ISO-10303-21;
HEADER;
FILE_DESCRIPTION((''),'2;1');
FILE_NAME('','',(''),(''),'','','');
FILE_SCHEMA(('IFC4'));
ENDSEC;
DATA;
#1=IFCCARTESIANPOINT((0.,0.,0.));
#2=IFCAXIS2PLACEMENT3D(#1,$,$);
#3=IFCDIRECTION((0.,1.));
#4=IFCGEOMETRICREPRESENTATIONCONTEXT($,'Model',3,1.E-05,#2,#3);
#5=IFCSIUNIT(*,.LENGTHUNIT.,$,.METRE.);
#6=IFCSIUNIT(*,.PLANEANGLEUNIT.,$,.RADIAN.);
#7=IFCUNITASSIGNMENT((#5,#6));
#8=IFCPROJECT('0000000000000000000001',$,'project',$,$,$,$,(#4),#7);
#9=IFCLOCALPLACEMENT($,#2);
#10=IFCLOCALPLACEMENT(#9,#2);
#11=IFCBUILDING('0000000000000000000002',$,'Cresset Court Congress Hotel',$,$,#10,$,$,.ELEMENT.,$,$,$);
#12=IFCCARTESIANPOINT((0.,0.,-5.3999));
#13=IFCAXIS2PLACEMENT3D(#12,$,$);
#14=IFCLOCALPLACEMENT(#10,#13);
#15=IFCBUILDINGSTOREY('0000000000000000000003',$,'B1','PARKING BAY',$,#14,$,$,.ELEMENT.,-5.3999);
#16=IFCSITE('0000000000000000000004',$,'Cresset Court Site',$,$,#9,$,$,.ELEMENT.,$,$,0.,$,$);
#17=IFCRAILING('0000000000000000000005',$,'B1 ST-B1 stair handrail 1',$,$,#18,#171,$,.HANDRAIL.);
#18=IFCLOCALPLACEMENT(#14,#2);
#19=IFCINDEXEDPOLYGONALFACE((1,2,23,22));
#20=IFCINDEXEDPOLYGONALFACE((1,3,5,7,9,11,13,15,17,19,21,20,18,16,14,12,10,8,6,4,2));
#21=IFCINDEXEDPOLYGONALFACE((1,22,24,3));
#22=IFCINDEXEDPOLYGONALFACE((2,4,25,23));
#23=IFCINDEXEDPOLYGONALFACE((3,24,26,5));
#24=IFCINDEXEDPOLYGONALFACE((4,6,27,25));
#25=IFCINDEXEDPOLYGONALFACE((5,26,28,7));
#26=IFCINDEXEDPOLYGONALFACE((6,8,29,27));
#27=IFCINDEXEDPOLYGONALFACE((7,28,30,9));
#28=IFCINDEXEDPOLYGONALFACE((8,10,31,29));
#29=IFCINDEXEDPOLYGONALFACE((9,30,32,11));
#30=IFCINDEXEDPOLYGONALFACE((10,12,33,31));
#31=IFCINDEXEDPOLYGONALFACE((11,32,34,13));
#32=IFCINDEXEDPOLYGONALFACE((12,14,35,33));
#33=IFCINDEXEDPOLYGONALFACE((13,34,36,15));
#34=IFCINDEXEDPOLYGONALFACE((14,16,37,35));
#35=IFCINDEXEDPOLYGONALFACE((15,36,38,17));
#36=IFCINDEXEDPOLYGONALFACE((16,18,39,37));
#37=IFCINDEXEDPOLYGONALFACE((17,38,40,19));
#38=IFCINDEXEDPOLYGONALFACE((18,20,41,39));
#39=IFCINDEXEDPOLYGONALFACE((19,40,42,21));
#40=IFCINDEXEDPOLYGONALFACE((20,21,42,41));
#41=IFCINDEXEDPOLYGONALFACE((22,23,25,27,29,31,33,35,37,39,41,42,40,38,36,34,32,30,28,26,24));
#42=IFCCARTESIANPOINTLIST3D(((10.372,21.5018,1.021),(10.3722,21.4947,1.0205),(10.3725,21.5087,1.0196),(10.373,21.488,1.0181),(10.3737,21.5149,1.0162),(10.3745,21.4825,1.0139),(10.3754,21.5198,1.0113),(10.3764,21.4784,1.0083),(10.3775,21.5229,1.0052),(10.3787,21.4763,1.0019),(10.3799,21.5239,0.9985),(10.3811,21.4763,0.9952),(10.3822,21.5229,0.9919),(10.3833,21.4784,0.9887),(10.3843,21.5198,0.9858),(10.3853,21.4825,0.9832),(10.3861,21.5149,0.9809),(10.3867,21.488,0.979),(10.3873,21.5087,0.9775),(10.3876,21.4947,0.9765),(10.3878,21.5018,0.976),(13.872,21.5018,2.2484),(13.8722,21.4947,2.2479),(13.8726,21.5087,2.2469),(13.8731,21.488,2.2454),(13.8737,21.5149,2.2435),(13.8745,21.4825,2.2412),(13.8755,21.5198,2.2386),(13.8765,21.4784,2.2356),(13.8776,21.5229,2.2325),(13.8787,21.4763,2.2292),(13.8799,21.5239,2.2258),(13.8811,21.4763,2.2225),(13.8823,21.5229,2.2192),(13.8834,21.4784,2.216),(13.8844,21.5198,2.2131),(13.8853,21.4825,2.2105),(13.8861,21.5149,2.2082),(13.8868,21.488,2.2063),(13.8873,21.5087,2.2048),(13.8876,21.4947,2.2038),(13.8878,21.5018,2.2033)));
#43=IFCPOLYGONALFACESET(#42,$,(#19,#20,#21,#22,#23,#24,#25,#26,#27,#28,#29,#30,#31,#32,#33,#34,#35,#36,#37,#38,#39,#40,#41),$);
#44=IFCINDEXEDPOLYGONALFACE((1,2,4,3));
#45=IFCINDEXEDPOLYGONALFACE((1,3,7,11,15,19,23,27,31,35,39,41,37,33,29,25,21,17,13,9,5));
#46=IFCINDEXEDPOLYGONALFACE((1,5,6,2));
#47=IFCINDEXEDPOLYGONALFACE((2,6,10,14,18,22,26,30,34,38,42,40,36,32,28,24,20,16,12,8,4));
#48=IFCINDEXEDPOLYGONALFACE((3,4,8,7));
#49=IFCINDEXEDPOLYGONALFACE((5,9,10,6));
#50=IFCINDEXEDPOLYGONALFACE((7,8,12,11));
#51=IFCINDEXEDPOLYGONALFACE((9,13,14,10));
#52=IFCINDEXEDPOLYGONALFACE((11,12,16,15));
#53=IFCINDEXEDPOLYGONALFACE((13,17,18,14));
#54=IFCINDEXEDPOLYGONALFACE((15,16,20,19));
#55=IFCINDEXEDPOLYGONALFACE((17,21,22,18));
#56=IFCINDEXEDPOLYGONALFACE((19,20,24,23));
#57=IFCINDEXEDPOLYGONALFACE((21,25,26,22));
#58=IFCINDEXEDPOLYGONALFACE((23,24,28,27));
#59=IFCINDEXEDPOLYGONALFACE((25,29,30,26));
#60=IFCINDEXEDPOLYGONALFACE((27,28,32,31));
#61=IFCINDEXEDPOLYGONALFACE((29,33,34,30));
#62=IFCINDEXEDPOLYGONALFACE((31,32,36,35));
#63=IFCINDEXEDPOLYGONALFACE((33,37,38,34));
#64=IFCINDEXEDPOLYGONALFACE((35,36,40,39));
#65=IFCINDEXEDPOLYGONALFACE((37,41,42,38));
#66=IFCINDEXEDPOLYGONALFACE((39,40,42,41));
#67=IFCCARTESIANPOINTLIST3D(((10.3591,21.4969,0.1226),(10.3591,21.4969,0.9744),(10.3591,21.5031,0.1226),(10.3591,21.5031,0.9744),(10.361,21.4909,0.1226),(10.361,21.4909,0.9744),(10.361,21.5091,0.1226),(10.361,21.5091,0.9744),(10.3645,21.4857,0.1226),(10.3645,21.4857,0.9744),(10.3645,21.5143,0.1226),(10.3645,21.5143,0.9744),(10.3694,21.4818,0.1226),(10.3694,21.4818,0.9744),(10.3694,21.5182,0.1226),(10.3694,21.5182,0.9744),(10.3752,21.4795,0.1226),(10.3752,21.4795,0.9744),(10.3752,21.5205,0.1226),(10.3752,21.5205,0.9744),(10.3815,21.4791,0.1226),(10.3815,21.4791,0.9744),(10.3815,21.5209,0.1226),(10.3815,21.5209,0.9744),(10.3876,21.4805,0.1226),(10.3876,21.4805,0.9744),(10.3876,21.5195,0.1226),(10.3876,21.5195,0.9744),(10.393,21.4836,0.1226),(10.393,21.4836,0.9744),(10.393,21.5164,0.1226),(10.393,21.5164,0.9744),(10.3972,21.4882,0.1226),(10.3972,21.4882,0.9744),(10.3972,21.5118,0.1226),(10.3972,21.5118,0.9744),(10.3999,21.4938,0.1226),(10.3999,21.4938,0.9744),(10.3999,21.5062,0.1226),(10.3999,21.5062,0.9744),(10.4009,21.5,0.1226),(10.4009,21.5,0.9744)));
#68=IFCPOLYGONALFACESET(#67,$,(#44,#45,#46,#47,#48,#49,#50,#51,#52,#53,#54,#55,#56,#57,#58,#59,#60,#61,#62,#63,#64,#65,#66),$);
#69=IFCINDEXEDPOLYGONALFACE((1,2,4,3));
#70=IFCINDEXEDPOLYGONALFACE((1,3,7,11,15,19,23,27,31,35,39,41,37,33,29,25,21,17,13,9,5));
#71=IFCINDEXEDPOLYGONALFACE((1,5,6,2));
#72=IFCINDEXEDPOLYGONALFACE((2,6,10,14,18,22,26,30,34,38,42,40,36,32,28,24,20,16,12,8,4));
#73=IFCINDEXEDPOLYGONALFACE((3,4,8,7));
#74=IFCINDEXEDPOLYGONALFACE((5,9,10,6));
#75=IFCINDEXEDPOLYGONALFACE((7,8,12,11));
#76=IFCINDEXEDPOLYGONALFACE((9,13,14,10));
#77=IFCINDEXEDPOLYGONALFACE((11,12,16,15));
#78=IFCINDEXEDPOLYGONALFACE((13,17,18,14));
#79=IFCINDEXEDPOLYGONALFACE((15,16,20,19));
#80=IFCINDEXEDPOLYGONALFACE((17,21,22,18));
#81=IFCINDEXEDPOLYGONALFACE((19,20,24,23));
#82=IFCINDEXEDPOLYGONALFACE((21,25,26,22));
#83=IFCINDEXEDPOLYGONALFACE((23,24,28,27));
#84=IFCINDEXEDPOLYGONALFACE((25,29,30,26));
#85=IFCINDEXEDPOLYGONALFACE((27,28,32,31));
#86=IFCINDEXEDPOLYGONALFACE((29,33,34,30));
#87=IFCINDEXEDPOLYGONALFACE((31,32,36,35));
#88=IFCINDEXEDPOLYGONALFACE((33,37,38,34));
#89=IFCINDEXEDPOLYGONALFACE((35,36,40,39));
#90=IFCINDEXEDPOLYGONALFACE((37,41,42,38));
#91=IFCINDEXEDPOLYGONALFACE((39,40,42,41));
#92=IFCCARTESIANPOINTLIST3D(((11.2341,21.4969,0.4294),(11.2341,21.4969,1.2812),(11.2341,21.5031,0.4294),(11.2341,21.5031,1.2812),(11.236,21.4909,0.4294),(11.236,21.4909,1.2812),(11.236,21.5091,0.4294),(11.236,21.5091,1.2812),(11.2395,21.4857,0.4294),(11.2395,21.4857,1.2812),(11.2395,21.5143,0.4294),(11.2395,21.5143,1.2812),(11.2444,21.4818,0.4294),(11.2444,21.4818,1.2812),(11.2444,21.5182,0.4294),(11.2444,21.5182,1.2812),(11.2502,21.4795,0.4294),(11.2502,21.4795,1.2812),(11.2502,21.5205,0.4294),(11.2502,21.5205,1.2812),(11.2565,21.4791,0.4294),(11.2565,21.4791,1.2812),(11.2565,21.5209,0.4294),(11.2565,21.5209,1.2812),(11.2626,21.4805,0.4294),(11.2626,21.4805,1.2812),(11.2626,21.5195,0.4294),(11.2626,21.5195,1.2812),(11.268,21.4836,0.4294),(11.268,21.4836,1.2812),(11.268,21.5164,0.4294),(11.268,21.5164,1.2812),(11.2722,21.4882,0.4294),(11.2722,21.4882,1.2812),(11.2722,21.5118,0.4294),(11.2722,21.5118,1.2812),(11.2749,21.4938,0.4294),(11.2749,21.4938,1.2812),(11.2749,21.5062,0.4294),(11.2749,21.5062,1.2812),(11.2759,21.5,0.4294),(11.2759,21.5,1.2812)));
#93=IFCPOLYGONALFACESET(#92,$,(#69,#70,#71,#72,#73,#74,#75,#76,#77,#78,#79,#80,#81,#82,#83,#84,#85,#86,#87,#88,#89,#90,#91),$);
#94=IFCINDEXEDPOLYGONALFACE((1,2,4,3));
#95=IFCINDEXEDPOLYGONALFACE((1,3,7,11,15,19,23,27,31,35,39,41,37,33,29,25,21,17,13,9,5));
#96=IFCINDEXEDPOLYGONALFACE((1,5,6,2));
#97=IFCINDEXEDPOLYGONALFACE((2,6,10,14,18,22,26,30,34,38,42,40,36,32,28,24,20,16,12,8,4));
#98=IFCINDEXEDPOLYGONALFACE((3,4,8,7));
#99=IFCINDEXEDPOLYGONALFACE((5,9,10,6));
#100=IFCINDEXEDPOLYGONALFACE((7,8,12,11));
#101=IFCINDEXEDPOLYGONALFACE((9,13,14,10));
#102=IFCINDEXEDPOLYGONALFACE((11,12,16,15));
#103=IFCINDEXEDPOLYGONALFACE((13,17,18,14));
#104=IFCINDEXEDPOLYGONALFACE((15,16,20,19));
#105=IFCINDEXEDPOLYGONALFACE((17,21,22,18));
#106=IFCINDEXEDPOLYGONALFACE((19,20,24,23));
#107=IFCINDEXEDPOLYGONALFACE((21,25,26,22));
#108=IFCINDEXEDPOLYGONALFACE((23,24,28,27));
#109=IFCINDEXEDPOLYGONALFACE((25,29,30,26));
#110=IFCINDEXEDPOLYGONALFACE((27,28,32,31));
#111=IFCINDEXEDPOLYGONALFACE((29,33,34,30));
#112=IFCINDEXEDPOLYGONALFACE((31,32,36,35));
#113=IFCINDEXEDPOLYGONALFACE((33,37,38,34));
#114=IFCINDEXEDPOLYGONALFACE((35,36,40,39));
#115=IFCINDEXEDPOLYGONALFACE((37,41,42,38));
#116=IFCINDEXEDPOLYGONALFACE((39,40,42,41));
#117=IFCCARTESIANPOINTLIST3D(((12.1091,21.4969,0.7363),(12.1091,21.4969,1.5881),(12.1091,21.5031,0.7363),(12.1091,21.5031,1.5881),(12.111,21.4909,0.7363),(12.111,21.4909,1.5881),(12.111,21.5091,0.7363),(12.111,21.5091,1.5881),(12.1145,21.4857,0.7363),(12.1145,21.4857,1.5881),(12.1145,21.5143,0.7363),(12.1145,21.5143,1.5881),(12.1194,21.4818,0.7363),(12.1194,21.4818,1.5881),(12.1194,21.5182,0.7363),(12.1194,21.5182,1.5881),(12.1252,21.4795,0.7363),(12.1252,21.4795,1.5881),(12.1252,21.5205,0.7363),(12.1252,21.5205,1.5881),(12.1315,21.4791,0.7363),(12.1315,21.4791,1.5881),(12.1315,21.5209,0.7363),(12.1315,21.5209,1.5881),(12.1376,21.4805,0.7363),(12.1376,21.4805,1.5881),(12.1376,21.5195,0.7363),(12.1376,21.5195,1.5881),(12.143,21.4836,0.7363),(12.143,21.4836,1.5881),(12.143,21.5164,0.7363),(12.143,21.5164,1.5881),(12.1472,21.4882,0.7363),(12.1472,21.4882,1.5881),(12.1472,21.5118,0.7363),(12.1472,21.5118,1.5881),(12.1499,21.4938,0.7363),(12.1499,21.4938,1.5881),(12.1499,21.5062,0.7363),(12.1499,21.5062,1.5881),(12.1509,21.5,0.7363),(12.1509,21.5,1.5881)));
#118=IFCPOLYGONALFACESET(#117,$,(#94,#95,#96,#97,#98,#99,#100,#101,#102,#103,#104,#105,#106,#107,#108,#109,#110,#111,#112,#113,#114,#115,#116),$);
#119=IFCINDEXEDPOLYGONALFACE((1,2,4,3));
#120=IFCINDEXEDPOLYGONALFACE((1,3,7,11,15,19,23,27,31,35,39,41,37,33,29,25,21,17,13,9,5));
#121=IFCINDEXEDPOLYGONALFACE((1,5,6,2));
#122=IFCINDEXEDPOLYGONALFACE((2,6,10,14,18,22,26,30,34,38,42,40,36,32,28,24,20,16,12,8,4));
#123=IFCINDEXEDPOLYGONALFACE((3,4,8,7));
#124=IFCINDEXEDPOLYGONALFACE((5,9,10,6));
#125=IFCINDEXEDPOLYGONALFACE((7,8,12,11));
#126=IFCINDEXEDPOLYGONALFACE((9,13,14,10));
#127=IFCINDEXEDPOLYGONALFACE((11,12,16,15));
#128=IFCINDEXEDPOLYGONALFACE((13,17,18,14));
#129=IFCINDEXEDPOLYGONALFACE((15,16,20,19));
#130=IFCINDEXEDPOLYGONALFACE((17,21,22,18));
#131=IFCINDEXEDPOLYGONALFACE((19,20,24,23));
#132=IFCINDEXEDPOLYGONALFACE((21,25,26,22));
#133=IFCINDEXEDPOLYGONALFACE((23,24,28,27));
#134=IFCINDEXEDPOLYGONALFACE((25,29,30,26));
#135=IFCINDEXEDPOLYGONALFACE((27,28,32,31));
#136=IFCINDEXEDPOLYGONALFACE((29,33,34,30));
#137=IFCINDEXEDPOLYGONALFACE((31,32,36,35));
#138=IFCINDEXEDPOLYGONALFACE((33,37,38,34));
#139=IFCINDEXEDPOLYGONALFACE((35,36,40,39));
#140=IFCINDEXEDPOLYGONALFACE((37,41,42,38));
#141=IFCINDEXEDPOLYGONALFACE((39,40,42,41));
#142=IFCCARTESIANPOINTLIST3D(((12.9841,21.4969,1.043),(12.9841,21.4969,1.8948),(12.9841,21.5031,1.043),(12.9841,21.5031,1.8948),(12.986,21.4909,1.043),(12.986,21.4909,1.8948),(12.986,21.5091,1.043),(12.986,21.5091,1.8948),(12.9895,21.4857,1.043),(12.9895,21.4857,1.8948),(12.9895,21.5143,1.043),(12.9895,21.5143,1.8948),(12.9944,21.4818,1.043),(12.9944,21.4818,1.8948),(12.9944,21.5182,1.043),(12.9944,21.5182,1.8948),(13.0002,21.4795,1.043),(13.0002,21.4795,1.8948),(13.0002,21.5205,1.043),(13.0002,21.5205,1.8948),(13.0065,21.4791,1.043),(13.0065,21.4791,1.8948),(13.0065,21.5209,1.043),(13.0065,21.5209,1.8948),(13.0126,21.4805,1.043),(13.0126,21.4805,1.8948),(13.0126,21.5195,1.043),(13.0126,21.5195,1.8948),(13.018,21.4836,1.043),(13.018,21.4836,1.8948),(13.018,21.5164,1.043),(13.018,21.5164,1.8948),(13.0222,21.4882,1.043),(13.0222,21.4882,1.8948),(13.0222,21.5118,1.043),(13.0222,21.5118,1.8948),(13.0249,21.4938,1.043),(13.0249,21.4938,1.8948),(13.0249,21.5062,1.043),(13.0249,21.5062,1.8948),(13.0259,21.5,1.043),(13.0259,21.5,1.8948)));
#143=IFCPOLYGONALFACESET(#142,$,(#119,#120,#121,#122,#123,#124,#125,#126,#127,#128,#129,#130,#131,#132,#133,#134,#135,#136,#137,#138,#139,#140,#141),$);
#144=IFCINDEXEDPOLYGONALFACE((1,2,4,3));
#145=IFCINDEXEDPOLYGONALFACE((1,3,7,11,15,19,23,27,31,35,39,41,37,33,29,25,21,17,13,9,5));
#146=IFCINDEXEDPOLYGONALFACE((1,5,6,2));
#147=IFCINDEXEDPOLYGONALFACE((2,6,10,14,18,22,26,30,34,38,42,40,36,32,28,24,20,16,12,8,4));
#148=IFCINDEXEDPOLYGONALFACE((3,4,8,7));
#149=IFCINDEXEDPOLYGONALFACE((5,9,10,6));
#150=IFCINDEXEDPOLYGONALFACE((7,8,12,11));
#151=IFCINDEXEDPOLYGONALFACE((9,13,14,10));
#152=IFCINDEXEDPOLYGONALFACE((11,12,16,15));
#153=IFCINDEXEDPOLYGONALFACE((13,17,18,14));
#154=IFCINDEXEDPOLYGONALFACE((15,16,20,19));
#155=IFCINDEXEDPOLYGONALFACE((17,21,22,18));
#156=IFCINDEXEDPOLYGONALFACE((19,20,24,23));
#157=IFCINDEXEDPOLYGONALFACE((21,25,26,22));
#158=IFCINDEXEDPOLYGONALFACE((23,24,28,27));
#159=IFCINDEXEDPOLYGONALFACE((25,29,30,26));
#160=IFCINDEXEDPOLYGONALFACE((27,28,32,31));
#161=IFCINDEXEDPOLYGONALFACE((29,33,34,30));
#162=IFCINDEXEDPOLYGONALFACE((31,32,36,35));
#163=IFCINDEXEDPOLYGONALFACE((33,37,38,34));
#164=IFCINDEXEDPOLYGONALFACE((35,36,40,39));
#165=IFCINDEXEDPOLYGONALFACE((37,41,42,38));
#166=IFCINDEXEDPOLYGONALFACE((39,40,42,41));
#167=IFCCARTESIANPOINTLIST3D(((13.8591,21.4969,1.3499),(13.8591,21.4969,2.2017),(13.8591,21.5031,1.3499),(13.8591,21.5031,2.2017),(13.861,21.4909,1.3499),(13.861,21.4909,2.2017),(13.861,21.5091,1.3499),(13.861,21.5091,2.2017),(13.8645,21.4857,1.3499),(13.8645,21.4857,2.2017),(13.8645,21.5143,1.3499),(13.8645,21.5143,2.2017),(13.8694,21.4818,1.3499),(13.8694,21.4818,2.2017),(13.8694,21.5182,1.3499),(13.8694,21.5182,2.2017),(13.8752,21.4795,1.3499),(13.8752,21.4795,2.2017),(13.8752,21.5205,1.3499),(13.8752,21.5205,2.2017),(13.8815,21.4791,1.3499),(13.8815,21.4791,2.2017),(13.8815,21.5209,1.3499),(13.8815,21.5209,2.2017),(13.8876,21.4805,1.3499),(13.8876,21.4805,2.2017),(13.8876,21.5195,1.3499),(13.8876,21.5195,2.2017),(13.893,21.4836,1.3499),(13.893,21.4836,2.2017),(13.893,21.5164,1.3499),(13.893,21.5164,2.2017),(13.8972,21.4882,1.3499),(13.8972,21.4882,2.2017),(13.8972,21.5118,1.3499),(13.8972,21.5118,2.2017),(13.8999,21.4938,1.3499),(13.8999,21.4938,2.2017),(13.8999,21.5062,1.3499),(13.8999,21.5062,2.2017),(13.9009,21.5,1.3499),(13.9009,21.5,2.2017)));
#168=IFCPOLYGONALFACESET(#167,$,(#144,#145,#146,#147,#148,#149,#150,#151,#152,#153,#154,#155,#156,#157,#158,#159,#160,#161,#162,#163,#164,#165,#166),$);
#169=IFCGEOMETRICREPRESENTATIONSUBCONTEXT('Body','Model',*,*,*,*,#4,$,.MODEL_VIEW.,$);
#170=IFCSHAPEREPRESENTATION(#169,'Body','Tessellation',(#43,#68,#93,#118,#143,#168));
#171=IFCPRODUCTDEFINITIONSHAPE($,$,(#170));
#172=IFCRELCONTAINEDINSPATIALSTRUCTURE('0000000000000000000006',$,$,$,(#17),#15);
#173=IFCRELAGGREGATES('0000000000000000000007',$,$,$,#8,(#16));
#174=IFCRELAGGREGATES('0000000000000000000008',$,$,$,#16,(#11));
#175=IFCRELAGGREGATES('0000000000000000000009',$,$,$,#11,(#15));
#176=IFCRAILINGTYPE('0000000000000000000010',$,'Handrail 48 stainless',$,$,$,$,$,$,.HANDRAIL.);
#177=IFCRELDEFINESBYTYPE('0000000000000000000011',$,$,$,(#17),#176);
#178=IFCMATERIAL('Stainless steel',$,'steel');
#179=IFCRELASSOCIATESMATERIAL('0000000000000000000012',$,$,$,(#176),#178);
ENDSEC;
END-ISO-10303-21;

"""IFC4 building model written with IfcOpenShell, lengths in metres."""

from ifc_helpers import new_model, si_unit, direction, frame, origin, origin_2d, place, context, subcontext, project, spatial, circle, extrude, material, type_object, element, save


model = new_model("IFC4")

# Units and contexts
model_context = context("Model", 3, precision=1e-05, world=origin(), true_north=direction((0.0, 1.0)))
body_context = subcontext(model_context, "Body", "Model", "MODEL_VIEW")
ifc_project = project(units=[si_unit("LENGTHUNIT", "METRE"), si_unit("PLANEANGLEUNIT", "RADIAN")], contexts=[model_context])

# Site, building, storey
site_placement = place(None, origin())
site = spatial("IfcSite", under=ifc_project, at=site_placement, Name="Cresset Court Site", CompositionType="ELEMENT", RefElevation=0.0)
building_placement = place(site_placement, origin())
building = spatial("IfcBuilding", under=site, at=building_placement, Name="Cresset Court Congress Hotel", CompositionType="ELEMENT")
storey_placement = place(building_placement, frame((0.0, 0.0, -5.3999)))
storey = spatial("IfcBuildingStorey", under=building, at=storey_placement, Name="B1", Description="PARKING BAY", CompositionType="ELEMENT", Elevation=-5.3999)

# Railing
ifc_material_1 = material(Name="Stainless steel", Category="steel")
railing_type_1 = type_object("IfcRailingType", Name="Handrail 48 stainless", PredefinedType="HANDRAIL", material=ifc_material_1)
for number, where, name in (
    (1, (10.3799, 21.5, 0.1226), "B1 ST-B1 stair handrail 1"),
):
    element("IfcRailing", number, at=place(storey_placement, frame(where)), inside=storey, type_object=railing_type_1, Name=name, PredefinedType="HANDRAIL", context=body_context, shape_type="SweptSolid", body=[
        extrude(circle(Radius=0.0239, at=origin_2d()), frame((0.0, 0.0, 0.876), z_axis=(0.943665, 0.0, 0.330902), x_axis=(0.0, 1.0, 0.0)), (0.0, 0.0, 1.0), 3.709),
        extrude(circle(Radius=0.021, at=origin_2d()), origin(), (0.0, 0.0, 1.0), 0.8518),
        extrude(circle(Radius=0.021, at=origin_2d()), frame((0.875, 0.0, 0.3069)), (0.0, 0.0, 1.0), 0.8518),
        extrude(circle(Radius=0.021, at=origin_2d()), frame((1.75, 0.0, 0.6138)), (0.0, 0.0, 1.0), 0.8518),
        extrude(circle(Radius=0.021, at=origin_2d()), frame((2.625, 0.0, 0.9204)), (0.0, 0.0, 1.0), 0.8518),
        extrude(circle(Radius=0.021, at=origin_2d()), frame((3.5, 0.0, 1.2273)), (0.0, 0.0, 1.0), 0.8518),
    ])

save(model, "model.ifc")
